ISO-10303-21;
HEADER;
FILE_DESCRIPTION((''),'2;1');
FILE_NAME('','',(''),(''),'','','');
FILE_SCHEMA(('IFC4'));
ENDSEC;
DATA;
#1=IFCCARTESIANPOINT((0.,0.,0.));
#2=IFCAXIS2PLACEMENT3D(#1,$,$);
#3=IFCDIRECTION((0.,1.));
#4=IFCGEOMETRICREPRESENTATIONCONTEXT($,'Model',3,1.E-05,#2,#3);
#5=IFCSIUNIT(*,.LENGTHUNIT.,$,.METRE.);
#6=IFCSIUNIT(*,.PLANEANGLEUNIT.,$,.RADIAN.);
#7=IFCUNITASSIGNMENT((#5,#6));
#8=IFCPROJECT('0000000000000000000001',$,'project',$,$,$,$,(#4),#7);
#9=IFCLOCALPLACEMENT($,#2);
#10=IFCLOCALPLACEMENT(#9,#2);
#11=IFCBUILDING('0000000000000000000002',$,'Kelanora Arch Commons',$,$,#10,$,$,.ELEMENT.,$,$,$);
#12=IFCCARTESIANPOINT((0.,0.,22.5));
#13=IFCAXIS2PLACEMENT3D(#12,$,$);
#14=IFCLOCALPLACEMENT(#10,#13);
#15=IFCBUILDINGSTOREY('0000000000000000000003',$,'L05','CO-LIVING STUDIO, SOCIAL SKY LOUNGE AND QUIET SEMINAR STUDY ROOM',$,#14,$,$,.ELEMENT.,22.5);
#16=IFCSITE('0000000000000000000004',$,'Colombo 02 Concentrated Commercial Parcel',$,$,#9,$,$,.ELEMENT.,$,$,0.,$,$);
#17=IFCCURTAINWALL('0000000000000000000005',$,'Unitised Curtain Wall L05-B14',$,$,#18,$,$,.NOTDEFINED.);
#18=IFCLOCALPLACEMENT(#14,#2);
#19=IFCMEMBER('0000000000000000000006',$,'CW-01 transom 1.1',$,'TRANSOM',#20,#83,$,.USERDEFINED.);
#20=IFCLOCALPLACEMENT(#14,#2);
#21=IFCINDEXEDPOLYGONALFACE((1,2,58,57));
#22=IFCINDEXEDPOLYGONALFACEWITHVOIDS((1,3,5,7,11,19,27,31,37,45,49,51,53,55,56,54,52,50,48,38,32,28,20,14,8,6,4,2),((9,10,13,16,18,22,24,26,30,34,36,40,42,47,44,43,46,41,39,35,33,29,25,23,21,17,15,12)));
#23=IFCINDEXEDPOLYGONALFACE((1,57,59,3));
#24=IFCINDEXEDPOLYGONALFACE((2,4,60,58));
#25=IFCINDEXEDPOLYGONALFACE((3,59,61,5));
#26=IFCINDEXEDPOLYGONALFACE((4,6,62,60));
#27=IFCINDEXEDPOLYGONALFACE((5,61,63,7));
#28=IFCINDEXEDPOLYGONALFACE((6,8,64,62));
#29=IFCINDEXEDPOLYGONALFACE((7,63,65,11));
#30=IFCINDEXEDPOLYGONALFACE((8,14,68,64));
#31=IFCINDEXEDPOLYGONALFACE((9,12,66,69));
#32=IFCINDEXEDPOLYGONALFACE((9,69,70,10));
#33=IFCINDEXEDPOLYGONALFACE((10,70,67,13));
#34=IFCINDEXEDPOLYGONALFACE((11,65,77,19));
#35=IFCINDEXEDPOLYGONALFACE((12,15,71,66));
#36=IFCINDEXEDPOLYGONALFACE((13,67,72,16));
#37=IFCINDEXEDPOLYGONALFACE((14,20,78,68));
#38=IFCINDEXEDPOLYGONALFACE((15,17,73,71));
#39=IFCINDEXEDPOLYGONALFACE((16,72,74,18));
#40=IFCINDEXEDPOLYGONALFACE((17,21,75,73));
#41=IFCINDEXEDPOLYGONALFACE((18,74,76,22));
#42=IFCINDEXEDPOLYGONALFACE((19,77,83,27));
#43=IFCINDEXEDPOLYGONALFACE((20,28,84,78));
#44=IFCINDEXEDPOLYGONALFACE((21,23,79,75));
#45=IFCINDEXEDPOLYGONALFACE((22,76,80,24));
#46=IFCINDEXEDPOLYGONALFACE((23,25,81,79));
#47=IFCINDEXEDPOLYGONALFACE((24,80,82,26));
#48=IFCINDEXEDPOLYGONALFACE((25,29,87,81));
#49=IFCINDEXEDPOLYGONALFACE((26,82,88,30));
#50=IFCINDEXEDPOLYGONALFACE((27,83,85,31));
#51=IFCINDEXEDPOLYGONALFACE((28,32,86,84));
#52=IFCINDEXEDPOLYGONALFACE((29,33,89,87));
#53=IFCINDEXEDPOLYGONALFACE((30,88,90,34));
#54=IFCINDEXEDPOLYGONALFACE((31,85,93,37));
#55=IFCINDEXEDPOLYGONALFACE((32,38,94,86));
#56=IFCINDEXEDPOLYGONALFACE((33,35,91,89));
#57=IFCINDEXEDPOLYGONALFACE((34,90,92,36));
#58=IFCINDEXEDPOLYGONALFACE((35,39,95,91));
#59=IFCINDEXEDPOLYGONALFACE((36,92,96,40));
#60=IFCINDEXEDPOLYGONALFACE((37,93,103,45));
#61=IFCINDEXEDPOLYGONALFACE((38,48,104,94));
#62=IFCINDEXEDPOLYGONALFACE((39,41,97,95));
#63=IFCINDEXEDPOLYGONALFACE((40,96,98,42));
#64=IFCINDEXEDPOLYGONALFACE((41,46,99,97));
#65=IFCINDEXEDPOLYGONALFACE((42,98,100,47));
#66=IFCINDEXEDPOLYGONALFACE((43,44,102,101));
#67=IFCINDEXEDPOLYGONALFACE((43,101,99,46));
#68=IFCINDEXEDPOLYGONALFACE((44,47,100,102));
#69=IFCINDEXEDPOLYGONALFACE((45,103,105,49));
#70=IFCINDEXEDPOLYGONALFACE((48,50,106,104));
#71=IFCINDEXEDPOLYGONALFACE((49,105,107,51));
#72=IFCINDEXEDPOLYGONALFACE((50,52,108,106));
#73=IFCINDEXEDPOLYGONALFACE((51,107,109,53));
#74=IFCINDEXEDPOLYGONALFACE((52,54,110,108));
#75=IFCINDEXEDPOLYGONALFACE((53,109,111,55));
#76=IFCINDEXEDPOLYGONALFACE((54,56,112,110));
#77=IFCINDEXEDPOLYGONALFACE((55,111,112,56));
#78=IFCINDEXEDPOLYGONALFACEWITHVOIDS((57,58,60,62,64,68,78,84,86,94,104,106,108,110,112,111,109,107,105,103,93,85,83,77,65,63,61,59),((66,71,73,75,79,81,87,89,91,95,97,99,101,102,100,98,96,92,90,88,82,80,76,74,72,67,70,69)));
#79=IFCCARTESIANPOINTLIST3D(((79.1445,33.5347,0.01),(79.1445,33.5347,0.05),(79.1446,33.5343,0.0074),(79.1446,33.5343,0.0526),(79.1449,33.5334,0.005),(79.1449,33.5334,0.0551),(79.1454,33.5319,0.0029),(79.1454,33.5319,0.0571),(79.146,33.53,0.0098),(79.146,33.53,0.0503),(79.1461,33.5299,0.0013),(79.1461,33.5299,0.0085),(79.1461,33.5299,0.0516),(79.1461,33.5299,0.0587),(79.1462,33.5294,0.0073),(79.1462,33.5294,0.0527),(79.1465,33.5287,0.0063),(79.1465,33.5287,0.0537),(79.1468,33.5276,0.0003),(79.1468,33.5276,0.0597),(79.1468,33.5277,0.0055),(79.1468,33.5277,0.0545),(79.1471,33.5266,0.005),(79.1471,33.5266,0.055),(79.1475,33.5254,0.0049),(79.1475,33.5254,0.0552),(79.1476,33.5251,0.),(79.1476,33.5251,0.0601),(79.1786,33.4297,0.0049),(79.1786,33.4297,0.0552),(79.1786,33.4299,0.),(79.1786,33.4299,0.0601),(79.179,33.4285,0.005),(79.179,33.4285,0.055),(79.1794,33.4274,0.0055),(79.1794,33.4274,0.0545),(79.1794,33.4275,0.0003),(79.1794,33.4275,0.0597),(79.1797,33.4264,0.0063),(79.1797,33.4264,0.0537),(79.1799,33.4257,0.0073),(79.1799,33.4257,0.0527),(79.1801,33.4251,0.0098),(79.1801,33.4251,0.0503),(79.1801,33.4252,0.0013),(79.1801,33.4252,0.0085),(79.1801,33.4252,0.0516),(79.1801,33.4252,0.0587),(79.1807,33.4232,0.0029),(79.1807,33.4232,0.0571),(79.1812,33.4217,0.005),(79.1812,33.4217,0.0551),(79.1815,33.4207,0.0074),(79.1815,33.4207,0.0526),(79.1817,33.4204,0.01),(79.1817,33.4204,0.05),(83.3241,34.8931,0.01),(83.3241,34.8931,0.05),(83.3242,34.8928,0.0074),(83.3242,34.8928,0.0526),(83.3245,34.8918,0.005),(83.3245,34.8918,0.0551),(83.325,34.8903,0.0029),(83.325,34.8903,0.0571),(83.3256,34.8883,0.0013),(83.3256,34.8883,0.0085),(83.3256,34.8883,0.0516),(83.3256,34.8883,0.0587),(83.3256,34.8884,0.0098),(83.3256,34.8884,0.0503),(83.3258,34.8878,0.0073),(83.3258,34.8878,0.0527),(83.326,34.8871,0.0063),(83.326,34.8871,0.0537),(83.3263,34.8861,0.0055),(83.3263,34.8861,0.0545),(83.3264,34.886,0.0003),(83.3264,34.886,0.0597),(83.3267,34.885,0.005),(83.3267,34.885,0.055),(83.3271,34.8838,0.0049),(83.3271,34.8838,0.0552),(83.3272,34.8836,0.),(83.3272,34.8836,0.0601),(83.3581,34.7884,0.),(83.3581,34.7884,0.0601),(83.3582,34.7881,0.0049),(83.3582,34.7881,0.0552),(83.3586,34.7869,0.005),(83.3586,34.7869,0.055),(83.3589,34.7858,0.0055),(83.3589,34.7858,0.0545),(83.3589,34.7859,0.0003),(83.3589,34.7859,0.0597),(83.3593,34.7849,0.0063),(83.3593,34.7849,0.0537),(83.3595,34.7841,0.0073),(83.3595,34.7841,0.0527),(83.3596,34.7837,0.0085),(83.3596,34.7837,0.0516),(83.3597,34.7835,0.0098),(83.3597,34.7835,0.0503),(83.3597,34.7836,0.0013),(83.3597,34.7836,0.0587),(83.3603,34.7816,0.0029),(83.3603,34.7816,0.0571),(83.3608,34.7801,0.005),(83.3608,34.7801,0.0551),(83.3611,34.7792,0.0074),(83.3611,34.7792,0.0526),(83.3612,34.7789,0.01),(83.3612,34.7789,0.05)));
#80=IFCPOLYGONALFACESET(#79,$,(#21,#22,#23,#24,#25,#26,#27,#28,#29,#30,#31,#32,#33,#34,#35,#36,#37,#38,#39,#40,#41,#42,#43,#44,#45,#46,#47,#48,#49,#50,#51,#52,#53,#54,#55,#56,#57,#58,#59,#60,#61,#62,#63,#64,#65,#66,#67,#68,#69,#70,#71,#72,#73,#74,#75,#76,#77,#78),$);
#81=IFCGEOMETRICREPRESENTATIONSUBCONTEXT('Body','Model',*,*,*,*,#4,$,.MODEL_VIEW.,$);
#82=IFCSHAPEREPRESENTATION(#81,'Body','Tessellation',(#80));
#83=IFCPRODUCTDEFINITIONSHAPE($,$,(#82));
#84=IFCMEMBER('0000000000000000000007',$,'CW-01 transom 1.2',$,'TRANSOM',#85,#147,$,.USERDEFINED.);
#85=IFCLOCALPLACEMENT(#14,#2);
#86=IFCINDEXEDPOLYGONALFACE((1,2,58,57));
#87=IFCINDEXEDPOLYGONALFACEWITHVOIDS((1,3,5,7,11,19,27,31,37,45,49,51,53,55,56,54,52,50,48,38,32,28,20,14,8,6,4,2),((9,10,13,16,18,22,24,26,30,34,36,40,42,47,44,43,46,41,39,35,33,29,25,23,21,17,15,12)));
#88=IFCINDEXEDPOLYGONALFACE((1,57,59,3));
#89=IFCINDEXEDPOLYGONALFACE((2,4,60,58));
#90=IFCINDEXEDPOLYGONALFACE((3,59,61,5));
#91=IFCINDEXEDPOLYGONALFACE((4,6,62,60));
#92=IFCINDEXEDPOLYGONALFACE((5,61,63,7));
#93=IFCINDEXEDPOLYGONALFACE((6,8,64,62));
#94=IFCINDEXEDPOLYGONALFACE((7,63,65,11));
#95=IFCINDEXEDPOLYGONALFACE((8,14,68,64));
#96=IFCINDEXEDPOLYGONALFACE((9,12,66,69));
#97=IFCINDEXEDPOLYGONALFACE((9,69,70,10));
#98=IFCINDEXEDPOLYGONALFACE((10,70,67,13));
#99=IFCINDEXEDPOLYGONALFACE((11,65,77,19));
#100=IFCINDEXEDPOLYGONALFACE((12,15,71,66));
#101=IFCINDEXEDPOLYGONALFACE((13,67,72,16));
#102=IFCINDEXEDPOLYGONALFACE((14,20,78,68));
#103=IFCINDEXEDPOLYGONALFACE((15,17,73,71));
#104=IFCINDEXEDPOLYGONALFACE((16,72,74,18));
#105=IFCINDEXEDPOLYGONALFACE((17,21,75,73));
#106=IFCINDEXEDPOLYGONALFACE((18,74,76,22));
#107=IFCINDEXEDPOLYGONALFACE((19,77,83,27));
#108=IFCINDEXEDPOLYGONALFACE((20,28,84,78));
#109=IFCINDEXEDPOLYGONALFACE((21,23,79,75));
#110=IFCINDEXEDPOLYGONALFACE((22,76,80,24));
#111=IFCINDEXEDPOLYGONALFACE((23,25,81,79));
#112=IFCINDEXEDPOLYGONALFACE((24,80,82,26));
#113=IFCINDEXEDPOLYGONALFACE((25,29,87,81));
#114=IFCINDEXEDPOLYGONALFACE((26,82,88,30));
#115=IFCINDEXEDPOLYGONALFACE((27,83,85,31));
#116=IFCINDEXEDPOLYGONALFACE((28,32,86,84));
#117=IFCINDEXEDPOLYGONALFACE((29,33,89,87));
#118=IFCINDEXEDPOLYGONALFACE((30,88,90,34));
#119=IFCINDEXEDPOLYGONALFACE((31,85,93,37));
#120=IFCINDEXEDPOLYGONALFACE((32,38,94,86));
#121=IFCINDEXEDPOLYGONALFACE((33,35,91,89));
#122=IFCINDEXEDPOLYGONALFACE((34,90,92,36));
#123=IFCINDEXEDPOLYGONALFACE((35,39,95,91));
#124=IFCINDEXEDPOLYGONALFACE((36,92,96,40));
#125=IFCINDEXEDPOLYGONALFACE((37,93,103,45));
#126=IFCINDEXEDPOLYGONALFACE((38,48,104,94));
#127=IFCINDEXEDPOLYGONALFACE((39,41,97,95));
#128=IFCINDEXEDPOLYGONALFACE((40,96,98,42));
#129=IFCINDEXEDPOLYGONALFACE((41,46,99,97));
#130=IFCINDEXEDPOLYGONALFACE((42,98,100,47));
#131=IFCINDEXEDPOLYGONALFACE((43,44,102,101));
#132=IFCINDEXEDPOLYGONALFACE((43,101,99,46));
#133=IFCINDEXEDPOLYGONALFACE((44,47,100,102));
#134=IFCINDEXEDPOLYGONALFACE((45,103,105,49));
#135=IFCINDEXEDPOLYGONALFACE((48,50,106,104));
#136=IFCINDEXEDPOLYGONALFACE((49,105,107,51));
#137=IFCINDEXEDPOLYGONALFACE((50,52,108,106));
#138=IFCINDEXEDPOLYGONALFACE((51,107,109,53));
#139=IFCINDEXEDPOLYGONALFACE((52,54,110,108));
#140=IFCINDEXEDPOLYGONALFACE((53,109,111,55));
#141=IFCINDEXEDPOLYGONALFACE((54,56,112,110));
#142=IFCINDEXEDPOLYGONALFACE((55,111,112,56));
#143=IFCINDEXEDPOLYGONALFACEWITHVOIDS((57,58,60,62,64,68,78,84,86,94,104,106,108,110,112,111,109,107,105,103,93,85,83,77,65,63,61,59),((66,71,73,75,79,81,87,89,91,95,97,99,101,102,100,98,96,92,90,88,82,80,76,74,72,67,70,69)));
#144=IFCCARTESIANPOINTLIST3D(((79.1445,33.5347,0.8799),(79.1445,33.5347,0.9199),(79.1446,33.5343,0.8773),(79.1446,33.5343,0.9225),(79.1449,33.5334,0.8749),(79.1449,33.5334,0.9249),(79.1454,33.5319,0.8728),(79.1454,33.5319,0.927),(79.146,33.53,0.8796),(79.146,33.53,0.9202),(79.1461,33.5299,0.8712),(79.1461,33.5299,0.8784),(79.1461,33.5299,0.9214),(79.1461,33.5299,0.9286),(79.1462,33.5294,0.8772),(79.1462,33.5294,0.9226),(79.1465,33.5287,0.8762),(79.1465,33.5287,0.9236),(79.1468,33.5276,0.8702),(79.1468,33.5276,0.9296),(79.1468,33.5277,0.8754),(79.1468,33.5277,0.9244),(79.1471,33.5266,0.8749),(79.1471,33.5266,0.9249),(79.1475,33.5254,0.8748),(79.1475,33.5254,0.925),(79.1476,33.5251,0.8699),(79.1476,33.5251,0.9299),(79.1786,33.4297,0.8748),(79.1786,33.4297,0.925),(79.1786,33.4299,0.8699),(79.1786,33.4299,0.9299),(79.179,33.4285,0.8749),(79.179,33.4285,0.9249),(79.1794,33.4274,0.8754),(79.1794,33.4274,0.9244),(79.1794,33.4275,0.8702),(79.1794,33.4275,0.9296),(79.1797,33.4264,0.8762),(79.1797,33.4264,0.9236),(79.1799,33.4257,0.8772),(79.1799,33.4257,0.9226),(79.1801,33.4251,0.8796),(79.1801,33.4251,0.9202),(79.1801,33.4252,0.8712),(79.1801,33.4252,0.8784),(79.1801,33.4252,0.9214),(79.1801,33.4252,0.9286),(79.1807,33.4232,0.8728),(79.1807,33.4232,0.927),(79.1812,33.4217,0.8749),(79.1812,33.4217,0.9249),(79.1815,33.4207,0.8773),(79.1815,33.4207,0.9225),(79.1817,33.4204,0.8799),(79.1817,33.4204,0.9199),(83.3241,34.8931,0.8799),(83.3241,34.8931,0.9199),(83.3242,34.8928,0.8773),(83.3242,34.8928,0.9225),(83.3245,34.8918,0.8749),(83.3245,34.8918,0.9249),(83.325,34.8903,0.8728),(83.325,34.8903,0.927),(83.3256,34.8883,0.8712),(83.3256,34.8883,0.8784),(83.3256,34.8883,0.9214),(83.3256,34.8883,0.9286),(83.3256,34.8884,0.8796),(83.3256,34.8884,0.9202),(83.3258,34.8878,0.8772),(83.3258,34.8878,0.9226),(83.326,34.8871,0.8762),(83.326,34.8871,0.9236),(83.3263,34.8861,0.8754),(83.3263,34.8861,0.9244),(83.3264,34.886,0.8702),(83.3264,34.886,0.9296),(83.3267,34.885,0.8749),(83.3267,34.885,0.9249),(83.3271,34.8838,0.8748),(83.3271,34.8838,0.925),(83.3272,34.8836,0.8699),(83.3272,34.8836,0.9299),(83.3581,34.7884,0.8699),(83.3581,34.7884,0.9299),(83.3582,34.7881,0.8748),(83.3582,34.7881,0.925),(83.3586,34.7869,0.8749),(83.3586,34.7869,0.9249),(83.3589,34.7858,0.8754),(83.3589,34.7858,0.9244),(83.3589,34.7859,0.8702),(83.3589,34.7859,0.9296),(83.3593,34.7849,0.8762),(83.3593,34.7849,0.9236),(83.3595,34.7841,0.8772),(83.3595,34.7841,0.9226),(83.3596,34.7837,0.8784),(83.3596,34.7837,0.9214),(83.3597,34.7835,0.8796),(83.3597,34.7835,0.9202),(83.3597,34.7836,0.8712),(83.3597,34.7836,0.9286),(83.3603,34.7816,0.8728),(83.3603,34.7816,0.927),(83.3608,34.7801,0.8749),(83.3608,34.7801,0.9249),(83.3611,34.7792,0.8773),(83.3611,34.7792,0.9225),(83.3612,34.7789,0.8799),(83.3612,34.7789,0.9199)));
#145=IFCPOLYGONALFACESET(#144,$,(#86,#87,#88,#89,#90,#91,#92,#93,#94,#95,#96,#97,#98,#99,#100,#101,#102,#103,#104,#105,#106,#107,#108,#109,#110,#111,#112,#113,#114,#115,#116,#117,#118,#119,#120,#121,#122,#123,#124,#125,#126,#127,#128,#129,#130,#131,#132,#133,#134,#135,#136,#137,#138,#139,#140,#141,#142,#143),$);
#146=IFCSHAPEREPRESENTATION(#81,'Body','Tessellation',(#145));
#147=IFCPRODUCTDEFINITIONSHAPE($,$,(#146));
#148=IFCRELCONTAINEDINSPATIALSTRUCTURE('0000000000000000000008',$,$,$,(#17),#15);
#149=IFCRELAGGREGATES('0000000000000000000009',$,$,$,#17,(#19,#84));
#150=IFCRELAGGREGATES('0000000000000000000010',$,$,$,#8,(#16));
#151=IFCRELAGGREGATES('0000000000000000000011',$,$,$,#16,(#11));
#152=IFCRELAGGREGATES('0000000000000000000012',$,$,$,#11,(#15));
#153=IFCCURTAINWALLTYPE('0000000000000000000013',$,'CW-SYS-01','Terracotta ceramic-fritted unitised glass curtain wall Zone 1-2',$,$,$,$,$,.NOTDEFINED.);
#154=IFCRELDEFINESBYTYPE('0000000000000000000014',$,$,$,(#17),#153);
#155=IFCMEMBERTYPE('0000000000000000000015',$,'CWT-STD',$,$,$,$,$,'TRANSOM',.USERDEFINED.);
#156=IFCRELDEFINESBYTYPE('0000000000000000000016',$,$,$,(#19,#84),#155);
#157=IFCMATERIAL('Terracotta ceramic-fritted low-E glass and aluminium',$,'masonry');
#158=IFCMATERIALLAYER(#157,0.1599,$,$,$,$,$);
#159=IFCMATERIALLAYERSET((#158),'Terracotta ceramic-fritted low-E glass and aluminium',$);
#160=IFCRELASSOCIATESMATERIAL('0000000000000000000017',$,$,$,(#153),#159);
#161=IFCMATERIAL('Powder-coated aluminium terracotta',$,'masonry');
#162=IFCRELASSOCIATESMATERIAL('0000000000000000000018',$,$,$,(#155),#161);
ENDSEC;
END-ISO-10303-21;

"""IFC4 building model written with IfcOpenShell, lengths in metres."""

from ifc_helpers import new_model, si_unit, direction, frame, origin, origin_2d, place, context, subcontext, project, spatial, hollow_rectangle, extrude, material, layer, layer_set, material_profile, profile_set, type_object, element, aggregate, save


model = new_model("IFC4")

# Units and contexts
model_context = context("Model", 3, precision=1e-05, world=origin(), true_north=direction((0.0, 1.0)))
body_context = subcontext(model_context, "Body", "Model", "MODEL_VIEW")
ifc_project = project(units=[si_unit("LENGTHUNIT", "METRE"), si_unit("PLANEANGLEUNIT", "RADIAN")], contexts=[model_context])

# Site, building, storey
site_placement = place(None, origin())
site = spatial("IfcSite", under=ifc_project, at=site_placement, Name="Colombo 02 Concentrated Commercial Parcel", CompositionType="ELEMENT", RefElevation=0.0)
building_placement = place(site_placement, origin())
building = spatial("IfcBuilding", under=site, at=building_placement, Name="Kelanora Arch Commons", CompositionType="ELEMENT")
storey_placement = place(building_placement, frame((0.0, 0.0, 22.5)))
storey = spatial("IfcBuildingStorey", under=building, at=storey_placement, Name="L05", Description="CO-LIVING STUDIO, SOCIAL SKY LOUNGE AND QUIET SEMINAR STUDY ROOM", CompositionType="ELEMENT", Elevation=22.5)

# Curtain wall, members
ifc_material_1 = material(Name="Terracotta ceramic-fritted low-E glass and aluminium", Category="masonry")
ifc_layer_1 = layer(ifc_material_1, 0.1599)
ifc_layer_set_1 = layer_set([ifc_layer_1], Name="Terracotta ceramic-fritted low-E glass and aluminium")
curtain_wall_type = type_object("IfcCurtainWallType", Name="CW-SYS-01", Description="Terracotta ceramic-fritted unitised glass curtain wall Zone 1-2", PredefinedType="NOTDEFINED", material=ifc_layer_set_1)
curtain_wall_placement = place(storey_placement, origin())
curtain_wall = element("IfcCurtainWall", 1, at=curtain_wall_placement, inside=storey, type_object=curtain_wall_type, Name="Unitised Curtain Wall L05-B14", PredefinedType="NOTDEFINED")
ifc_material_2 = material(Name="Powder-coated aluminium terracotta", Category="masonry")
ifc_material_profile_1 = material_profile(ifc_material_2, hollow_rectangle(XDim=0.1201, YDim=0.0601, WallThickness=0.0049, InnerFilletRadius=0.0049, OuterFilletRadius=0.01, at=origin_2d()), Name="CWT120x60")
ifc_profile_set_1 = profile_set([ifc_material_profile_1], Name="Powder-coated aluminium terracotta")
member_type_1 = type_object("IfcMemberType", Name="CWT-STD", ElementType="TRANSOM", PredefinedType="USERDEFINED", material=ifc_profile_set_1)
member_1_placement = place(storey_placement, frame((79.1631, 33.4775, 0.03), z_axis=(0.951029, 0.309102, 0.0), x_axis=(-0.309102, 0.951029, 0.0)))
member_1 = element("IfcMember", 2, at=member_1_placement, type_object=member_type_1, Name="CW-01 transom 1.1", ObjectType="TRANSOM", PredefinedType="USERDEFINED", context=body_context, shape_type="SweptSolid", body=[
    extrude(hollow_rectangle(XDim=0.1201, YDim=0.0601, WallThickness=0.0049, InnerFilletRadius=0.0049, OuterFilletRadius=0.01, at=origin_2d()), origin(), (0.0, 0.0, 1.0), 4.3948),
])
member_2_placement = place(storey_placement, frame((79.1631, 33.4775, 0.8999), z_axis=(0.951029, 0.309102, 0.0), x_axis=(-0.309102, 0.951029, 0.0)))
member_2 = element("IfcMember", 3, at=member_2_placement, type_object=member_type_1, Name="CW-01 transom 1.2", ObjectType="TRANSOM", PredefinedType="USERDEFINED", context=body_context, shape_type="SweptSolid", body=[
    extrude(hollow_rectangle(XDim=0.1201, YDim=0.0601, WallThickness=0.0049, InnerFilletRadius=0.0049, OuterFilletRadius=0.01, at=origin_2d()), origin(), (0.0, 0.0, 1.0), 4.3948),
])
aggregate(curtain_wall, [member_1, member_2])

save(model, "model.ifc")
